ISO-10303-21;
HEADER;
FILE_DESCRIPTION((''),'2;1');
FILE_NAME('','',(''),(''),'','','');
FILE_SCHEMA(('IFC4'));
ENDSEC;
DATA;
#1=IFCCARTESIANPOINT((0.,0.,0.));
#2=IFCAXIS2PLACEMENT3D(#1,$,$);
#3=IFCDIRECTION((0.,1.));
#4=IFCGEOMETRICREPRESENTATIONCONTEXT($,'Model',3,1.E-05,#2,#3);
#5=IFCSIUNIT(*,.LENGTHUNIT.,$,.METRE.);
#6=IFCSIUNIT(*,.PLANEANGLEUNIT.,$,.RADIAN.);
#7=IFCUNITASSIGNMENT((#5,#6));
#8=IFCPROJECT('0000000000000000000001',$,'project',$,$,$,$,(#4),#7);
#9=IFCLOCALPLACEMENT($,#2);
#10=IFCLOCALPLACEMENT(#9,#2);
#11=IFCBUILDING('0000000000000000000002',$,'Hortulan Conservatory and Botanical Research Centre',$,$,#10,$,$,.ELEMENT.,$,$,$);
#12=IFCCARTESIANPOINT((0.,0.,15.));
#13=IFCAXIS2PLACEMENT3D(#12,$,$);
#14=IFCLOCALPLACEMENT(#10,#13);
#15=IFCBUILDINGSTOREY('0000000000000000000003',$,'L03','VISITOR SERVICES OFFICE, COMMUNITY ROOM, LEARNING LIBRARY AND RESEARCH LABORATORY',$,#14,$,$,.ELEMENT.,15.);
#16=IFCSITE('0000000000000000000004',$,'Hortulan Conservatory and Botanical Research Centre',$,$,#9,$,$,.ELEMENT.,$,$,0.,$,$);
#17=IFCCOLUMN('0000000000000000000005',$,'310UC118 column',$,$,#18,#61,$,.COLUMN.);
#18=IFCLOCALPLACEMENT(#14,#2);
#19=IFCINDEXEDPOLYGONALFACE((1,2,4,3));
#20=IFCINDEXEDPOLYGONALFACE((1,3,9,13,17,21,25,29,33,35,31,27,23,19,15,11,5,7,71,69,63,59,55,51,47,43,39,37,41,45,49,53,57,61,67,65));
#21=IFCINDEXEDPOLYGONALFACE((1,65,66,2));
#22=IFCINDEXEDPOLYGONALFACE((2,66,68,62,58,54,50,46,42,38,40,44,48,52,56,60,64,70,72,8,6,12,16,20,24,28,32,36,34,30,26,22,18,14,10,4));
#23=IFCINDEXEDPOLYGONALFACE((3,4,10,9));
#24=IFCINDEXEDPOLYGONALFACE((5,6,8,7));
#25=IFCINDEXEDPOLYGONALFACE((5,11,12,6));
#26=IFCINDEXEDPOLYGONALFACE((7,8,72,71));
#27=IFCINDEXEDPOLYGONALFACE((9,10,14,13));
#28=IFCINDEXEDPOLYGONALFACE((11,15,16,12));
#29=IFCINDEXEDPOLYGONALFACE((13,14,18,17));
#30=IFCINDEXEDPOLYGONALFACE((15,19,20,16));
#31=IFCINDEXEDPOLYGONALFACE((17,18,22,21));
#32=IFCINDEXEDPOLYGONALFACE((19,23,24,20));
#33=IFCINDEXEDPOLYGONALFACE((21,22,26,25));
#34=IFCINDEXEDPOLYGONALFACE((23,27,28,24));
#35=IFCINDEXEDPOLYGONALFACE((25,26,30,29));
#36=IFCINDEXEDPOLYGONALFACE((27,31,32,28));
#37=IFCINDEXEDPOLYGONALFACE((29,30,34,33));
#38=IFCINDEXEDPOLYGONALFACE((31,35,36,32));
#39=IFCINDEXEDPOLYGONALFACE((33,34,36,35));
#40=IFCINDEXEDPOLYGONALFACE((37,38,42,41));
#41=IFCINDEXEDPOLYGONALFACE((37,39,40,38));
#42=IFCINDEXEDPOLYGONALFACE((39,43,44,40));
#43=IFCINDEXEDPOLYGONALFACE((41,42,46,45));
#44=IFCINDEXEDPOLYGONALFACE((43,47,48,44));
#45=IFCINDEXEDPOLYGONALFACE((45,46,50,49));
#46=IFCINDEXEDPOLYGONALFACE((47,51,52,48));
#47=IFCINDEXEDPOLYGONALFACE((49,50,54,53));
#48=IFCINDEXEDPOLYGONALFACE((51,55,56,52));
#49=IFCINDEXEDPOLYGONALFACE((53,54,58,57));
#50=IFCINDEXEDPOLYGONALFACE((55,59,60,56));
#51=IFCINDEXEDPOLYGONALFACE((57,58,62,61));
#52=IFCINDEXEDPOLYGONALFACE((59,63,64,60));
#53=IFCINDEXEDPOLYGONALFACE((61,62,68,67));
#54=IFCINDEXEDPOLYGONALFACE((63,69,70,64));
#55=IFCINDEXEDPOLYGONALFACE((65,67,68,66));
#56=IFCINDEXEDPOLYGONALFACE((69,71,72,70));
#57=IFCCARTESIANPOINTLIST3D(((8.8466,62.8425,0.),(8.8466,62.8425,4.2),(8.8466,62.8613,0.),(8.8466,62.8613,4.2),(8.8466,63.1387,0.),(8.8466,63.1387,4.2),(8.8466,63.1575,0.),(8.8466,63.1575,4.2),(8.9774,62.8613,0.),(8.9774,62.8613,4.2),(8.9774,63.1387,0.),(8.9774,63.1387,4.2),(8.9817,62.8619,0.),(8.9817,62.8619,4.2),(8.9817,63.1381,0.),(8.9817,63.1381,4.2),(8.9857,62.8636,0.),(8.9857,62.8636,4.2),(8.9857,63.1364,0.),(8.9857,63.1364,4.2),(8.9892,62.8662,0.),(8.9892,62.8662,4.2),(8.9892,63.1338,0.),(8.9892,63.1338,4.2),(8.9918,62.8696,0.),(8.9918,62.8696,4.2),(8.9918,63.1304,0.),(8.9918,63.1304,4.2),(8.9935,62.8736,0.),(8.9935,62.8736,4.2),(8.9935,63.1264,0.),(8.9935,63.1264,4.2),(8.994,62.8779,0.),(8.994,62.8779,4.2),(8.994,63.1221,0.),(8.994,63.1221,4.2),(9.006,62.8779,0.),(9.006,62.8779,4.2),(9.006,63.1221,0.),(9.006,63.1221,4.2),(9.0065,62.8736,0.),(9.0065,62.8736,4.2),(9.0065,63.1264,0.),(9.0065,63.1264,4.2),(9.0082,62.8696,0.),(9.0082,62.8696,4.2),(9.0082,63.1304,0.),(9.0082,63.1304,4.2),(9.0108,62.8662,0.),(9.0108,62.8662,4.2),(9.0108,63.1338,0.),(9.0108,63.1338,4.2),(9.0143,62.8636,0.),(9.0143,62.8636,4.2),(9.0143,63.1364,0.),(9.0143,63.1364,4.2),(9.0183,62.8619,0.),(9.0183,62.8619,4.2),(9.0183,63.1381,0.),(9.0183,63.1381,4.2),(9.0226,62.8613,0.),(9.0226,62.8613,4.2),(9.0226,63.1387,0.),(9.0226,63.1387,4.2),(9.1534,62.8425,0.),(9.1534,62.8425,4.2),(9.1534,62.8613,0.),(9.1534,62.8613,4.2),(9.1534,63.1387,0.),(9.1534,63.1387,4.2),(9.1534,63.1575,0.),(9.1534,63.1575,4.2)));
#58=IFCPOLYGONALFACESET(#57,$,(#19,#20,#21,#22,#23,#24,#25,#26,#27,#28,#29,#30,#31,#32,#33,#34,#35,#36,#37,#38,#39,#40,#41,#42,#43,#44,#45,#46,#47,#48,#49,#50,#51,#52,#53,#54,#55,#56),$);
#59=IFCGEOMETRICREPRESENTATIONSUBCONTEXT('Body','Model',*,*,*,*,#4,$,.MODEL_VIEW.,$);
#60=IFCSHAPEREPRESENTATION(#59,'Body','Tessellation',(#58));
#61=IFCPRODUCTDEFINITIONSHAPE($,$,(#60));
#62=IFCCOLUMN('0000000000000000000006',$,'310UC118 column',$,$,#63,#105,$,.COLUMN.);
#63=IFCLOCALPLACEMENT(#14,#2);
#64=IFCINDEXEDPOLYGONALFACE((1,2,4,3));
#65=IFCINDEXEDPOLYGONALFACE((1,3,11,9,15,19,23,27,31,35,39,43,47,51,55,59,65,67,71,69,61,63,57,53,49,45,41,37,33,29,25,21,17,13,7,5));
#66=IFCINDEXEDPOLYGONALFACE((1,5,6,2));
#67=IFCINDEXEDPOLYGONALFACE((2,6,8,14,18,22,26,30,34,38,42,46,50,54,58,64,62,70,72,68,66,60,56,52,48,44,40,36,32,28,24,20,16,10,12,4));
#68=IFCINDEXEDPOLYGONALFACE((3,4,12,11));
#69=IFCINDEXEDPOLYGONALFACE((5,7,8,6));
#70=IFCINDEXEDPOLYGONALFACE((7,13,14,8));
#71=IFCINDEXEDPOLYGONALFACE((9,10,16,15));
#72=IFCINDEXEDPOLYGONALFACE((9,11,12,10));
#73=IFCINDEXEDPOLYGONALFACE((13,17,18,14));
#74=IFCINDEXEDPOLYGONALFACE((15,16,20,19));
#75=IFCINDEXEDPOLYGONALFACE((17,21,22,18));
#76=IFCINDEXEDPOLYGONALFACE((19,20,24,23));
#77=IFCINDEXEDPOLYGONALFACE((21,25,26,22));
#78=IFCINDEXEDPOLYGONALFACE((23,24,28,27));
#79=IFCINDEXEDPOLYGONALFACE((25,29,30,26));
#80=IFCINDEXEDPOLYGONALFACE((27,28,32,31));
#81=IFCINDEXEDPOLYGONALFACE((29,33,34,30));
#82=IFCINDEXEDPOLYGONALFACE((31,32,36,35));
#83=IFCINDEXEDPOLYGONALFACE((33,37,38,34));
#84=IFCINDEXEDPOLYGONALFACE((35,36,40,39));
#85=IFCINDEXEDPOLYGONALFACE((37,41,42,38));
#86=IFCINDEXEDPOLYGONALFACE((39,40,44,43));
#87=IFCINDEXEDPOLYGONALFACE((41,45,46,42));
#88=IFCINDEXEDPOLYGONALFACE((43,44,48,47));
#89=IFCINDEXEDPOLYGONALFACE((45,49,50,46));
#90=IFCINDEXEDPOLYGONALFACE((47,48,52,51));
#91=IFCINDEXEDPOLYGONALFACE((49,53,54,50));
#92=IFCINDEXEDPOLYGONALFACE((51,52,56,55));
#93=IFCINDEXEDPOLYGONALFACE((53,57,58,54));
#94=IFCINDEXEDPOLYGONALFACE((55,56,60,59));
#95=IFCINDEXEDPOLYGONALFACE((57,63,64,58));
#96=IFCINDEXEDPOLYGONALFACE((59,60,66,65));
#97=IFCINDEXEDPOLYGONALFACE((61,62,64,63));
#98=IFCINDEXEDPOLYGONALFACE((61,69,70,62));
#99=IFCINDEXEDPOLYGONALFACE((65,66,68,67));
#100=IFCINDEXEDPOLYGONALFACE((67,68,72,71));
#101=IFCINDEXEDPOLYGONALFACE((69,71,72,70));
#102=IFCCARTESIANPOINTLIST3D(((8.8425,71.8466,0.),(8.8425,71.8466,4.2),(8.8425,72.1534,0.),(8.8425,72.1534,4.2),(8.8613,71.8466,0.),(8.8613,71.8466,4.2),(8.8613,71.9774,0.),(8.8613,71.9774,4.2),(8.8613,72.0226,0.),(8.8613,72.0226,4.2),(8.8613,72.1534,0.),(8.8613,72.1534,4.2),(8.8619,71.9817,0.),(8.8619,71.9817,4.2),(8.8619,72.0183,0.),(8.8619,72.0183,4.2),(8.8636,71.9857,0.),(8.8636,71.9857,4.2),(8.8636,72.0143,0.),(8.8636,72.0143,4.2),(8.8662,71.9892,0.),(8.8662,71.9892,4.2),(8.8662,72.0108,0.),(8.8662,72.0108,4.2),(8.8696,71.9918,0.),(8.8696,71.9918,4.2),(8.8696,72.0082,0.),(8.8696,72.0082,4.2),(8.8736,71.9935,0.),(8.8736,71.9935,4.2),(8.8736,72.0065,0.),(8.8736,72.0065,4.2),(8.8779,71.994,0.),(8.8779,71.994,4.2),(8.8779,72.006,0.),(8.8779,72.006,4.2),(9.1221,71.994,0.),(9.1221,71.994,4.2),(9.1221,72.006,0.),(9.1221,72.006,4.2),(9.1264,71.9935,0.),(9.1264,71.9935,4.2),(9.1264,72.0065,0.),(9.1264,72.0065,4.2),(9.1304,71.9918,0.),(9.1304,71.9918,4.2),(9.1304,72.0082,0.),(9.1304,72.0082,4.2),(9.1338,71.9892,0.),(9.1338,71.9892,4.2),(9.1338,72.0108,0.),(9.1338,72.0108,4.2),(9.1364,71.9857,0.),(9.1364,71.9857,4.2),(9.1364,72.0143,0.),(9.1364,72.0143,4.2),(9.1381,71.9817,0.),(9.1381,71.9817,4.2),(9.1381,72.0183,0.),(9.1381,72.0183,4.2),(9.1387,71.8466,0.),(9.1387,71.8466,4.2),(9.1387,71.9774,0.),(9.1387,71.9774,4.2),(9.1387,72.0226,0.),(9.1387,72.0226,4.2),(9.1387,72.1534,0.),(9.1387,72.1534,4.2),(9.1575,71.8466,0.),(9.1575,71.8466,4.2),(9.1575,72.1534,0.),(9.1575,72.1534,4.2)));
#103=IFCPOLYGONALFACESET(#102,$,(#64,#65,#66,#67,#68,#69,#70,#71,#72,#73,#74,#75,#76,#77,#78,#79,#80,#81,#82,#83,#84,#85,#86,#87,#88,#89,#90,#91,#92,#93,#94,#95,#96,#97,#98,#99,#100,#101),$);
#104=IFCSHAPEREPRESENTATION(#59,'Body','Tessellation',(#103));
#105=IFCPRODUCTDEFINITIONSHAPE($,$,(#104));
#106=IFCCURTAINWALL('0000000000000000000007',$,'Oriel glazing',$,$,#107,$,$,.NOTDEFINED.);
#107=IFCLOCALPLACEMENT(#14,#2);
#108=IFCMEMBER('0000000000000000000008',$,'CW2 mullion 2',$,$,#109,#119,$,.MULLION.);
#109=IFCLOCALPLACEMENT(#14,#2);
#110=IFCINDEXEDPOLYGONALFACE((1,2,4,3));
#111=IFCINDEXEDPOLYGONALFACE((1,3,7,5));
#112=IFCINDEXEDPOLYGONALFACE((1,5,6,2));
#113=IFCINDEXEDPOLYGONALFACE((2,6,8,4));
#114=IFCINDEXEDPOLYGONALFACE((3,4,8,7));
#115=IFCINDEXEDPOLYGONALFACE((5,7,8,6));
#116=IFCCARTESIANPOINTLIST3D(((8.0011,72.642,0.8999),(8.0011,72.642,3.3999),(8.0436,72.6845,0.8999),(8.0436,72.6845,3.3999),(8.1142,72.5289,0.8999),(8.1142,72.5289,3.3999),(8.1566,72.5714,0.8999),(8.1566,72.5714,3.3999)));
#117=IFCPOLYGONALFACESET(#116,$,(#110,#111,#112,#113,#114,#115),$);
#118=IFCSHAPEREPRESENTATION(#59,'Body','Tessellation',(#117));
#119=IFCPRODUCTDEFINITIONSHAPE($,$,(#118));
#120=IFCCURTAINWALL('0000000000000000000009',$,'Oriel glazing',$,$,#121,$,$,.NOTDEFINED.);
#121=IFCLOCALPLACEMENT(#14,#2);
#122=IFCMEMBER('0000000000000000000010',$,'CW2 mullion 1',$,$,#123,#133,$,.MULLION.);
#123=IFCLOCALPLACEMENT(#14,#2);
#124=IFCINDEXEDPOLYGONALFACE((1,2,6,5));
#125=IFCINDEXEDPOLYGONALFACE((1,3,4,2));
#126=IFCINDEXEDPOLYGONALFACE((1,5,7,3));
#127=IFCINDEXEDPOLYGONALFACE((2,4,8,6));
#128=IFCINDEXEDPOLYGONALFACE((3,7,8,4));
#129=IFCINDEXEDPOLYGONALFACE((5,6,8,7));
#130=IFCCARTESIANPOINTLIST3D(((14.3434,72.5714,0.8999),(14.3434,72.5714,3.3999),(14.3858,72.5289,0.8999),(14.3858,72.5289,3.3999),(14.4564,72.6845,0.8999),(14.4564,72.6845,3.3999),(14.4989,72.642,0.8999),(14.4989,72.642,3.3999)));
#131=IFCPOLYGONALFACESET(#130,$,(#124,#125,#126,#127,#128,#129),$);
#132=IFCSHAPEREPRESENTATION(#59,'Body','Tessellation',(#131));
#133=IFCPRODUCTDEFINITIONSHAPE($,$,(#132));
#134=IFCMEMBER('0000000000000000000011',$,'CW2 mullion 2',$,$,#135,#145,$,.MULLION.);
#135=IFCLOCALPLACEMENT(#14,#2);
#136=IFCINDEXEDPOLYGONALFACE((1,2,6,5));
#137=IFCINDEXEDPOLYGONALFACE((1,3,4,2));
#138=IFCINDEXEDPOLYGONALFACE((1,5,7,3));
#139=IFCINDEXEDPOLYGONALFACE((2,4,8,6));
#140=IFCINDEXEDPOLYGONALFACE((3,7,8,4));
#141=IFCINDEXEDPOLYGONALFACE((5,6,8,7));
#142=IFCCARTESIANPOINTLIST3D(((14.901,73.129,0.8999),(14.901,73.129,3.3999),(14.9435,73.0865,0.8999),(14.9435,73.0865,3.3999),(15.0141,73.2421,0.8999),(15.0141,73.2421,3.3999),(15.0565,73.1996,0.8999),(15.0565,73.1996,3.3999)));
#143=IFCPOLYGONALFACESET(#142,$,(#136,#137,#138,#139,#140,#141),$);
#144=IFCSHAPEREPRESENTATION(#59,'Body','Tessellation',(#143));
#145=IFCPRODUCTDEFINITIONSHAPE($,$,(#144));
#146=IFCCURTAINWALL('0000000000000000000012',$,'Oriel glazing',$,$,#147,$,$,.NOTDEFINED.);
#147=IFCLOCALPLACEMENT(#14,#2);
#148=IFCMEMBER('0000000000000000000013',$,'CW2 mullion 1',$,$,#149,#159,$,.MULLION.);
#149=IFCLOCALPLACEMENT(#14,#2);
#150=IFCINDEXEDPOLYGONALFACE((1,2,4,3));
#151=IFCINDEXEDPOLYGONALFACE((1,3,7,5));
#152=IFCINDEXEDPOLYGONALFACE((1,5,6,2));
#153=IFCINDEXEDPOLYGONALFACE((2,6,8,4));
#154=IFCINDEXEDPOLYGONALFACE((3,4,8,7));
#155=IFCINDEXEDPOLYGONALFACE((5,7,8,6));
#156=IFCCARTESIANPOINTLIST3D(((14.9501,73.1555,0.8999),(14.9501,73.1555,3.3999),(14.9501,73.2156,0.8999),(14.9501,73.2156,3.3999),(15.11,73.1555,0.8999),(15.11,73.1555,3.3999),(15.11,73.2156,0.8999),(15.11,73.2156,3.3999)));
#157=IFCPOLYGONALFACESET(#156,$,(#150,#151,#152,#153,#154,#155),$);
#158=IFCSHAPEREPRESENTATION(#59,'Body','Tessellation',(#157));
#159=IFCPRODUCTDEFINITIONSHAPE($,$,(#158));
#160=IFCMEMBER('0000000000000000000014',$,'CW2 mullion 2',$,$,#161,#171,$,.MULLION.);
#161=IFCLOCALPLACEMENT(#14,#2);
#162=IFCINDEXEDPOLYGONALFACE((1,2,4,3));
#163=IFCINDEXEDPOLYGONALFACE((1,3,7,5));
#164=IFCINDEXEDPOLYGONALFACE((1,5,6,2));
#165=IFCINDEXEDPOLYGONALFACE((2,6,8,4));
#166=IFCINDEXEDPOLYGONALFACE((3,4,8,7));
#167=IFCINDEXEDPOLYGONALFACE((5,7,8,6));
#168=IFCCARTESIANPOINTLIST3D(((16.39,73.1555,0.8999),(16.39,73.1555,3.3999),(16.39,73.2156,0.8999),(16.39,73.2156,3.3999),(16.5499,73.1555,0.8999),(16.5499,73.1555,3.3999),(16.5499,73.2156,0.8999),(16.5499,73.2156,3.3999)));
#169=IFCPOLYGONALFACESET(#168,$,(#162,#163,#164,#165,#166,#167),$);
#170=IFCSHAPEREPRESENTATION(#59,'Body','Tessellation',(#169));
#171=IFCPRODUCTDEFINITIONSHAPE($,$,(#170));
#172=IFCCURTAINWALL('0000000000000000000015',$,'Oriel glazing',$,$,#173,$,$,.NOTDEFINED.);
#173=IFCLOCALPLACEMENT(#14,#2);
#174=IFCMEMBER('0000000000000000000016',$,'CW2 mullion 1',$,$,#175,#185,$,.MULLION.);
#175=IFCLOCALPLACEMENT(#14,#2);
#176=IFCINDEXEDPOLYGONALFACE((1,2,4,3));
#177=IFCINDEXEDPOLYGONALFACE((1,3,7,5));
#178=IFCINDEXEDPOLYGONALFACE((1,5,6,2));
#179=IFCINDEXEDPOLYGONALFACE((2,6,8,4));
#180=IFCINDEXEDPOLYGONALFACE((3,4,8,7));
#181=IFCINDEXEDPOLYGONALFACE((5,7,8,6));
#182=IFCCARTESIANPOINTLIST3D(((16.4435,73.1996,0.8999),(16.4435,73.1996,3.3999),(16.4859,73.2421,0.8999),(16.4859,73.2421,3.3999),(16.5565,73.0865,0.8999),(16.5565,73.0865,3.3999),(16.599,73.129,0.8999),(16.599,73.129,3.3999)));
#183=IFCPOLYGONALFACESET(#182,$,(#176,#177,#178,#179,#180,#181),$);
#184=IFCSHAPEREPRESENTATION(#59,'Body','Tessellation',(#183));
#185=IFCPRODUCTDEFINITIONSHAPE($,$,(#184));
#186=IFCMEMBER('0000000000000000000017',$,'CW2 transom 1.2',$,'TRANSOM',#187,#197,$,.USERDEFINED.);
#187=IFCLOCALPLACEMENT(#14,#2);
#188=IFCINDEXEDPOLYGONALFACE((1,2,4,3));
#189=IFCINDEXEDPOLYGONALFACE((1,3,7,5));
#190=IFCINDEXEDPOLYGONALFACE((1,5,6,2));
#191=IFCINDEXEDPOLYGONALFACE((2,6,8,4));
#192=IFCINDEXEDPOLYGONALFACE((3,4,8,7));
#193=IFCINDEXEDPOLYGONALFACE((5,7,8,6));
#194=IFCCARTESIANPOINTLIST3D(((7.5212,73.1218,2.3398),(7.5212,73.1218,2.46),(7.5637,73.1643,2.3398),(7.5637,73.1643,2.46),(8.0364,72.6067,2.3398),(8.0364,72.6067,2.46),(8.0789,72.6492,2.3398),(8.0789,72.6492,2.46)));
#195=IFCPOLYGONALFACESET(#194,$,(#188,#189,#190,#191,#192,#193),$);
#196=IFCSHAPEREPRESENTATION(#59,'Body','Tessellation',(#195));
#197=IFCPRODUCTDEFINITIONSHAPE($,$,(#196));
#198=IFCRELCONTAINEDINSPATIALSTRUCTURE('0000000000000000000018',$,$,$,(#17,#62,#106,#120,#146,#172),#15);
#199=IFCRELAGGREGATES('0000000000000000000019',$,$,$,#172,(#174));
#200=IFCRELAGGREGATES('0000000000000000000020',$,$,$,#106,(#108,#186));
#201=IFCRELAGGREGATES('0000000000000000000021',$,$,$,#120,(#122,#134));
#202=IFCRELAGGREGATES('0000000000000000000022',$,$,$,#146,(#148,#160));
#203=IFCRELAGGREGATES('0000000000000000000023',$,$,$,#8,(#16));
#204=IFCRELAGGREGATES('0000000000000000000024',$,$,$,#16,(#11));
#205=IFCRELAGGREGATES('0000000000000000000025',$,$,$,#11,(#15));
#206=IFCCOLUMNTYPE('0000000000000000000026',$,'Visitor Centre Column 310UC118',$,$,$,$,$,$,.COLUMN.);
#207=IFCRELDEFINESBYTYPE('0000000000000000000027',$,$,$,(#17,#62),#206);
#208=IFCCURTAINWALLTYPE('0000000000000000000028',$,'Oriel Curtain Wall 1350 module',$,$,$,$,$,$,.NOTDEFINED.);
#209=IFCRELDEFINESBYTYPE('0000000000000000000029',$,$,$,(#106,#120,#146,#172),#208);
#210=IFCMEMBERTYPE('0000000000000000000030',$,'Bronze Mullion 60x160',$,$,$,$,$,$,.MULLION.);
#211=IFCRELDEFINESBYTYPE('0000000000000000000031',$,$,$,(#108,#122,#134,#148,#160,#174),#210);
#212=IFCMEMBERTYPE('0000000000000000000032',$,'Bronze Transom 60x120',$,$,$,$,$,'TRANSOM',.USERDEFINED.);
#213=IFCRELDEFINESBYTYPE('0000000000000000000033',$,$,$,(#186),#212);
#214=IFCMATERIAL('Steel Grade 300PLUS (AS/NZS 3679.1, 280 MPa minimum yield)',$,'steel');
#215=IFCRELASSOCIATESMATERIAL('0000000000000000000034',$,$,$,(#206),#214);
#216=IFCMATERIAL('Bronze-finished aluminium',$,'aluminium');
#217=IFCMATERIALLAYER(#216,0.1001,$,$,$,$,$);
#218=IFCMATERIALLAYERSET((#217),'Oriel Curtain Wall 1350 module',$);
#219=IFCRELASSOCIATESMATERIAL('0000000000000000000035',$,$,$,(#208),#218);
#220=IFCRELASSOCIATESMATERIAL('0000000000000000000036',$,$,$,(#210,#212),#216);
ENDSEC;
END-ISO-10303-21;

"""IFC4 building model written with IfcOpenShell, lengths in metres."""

from ifc_helpers import new_model, si_unit, direction, frame, origin, origin_2d, place, context, subcontext, project, spatial, rectangle, i_section, extrude, material, layer, layer_set, material_profile, profile_set, type_object, element, aggregate, save


model = new_model("IFC4")

# Units and contexts
model_context = context("Model", 3, precision=1e-05, world=origin(), true_north=direction((0.0, 1.0)))
body_context = subcontext(model_context, "Body", "Model", "MODEL_VIEW")
ifc_project = project(units=[si_unit("LENGTHUNIT", "METRE"), si_unit("PLANEANGLEUNIT", "RADIAN")], contexts=[model_context])

# Site, building, storey
site_placement = place(None, origin())
site = spatial("IfcSite", under=ifc_project, at=site_placement, Name="Hortulan Conservatory and Botanical Research Centre", CompositionType="ELEMENT", RefElevation=0.0)
building_placement = place(site_placement, origin())
building = spatial("IfcBuilding", under=site, at=building_placement, Name="Hortulan Conservatory and Botanical Research Centre", CompositionType="ELEMENT")
storey_placement = place(building_placement, frame((0.0, 0.0, 15.0)))
storey = spatial("IfcBuildingStorey", under=building, at=storey_placement, Name="L03", Description="VISITOR SERVICES OFFICE, COMMUNITY ROOM, LEARNING LIBRARY AND RESEARCH LABORATORY", CompositionType="ELEMENT", Elevation=15.0)

# Columns
ifc_material_1 = material(Name="Steel Grade 300PLUS (AS/NZS 3679.1, 280 MPa minimum yield)", Category="steel")
ifc_material_profile_1 = material_profile(ifc_material_1, i_section(OverallWidth=0.3069, OverallDepth=0.3149, WebThickness=0.012, FlangeThickness=0.0188, FilletRadius=0.0166, at=origin_2d()), Name="310UC118")
ifc_profile_set_1 = profile_set([ifc_material_profile_1], Name="Steel Grade 300PLUS (AS/NZS 3679.1, 280 MPa minimum yield)")
column_type = type_object("IfcColumnType", Name="Visitor Centre Column 310UC118", PredefinedType="COLUMN", material=ifc_profile_set_1)
for number, where, z_axis, x_axis, name in (
    (1, (9.0, 63.0, 0.0), (0.0, 0.0, 1.0), (1.0, 0.0, 0.0), "310UC118 column"),
    (2, (9.0, 72.0, 0.0), (0.0, 0.0, 1.0), (0.0, 1.0, 0.0), "310UC118 column"),
):
    element("IfcColumn", number, at=place(storey_placement, frame(where, z_axis=z_axis, x_axis=x_axis)), inside=storey, type_object=column_type, Name=name, PredefinedType="COLUMN", context=body_context, shape_type="SweptSolid", body=[
        extrude(i_section(OverallWidth=0.3069, OverallDepth=0.3149, WebThickness=0.012, FlangeThickness=0.0188, FilletRadius=0.0166, at=origin_2d()), origin(), (0.0, 0.0, 1.0), 4.2),
    ])

# Curtain wall, member
ifc_material_2 = material(Name="Bronze-finished aluminium", Category="aluminium")
ifc_layer_1 = layer(ifc_material_2, 0.1001)
ifc_layer_set_1 = layer_set([ifc_layer_1], Name="Oriel Curtain Wall 1350 module")
curtain_wall_type = type_object("IfcCurtainWallType", Name="Oriel Curtain Wall 1350 module", PredefinedType="NOTDEFINED", material=ifc_layer_set_1)
curtain_wall_1_placement = place(storey_placement, origin())
curtain_wall_1 = element("IfcCurtainWall", 3, at=curtain_wall_1_placement, inside=storey, type_object=curtain_wall_type, Name="Oriel glazing", PredefinedType="NOTDEFINED")
ifc_material_profile_2 = material_profile(ifc_material_2, rectangle(XDim=0.0601, YDim=0.1599, at=origin_2d()), Name="Bronze Mullion 60x160")
ifc_profile_set_2 = profile_set([ifc_material_profile_2], Name="Bronze-finished aluminium")
member_type_1 = type_object("IfcMemberType", Name="Bronze Mullion 60x160", PredefinedType="MULLION", material=ifc_profile_set_2)
member_1_placement = place(storey_placement, frame((8.0789, 72.6067, 0.8999), z_axis=(0.0, 0.0, 1.0), x_axis=(0.707107, 0.707107, 0.0)))
member_1 = element("IfcMember", 4, at=member_1_placement, type_object=member_type_1, Name="CW2 mullion 2", PredefinedType="MULLION", context=body_context, shape_type="SweptSolid", body=[
    extrude(rectangle(XDim=0.0601, YDim=0.1599, at=origin_2d()), origin(), (0.0, 0.0, 1.0), 2.5),
])

# Curtain walls, members
curtain_wall_2_placement = place(storey_placement, origin())
curtain_wall_2 = element("IfcCurtainWall", 5, at=curtain_wall_2_placement, inside=storey, type_object=curtain_wall_type, Name="Oriel glazing", PredefinedType="NOTDEFINED")
member_2_placement = place(storey_placement, frame((14.4211, 72.6067, 0.8999), z_axis=(0.0, 0.0, 1.0), x_axis=(-0.707107, 0.707107, 0.0)))
member_2 = element("IfcMember", 6, at=member_2_placement, type_object=member_type_1, Name="CW2 mullion 1", PredefinedType="MULLION", context=body_context, shape_type="SweptSolid", body=[
    extrude(rectangle(XDim=0.0601, YDim=0.1599, at=origin_2d()), origin(), (0.0, 0.0, 1.0), 2.5),
])
member_3_placement = place(storey_placement, frame((14.9788, 73.1643, 0.8999), z_axis=(0.0, 0.0, 1.0), x_axis=(-0.707107, 0.707107, 0.0)))
member_3 = element("IfcMember", 7, at=member_3_placement, type_object=member_type_1, Name="CW2 mullion 2", PredefinedType="MULLION", context=body_context, shape_type="SweptSolid", body=[
    extrude(rectangle(XDim=0.0601, YDim=0.1599, at=origin_2d()), origin(), (0.0, 0.0, 1.0), 2.5),
])
curtain_wall_3_placement = place(storey_placement, origin())
curtain_wall_3 = element("IfcCurtainWall", 8, at=curtain_wall_3_placement, inside=storey, type_object=curtain_wall_type, Name="Oriel glazing", PredefinedType="NOTDEFINED")
member_4_placement = place(storey_placement, frame((15.03, 73.1855, 0.8999), z_axis=(0.0, 0.0, 1.0), x_axis=(0.0, 1.0, 0.0)))
member_4 = element("IfcMember", 9, at=member_4_placement, type_object=member_type_1, Name="CW2 mullion 1", PredefinedType="MULLION", context=body_context, shape_type="SweptSolid", body=[
    extrude(rectangle(XDim=0.0601, YDim=0.1599, at=origin_2d()), origin(), (0.0, 0.0, 1.0), 2.5),
])
member_5_placement = place(storey_placement, frame((16.47, 73.1855, 0.8999), z_axis=(0.0, 0.0, 1.0), x_axis=(0.0, 1.0, 0.0)))
member_5 = element("IfcMember", 10, at=member_5_placement, type_object=member_type_1, Name="CW2 mullion 2", PredefinedType="MULLION", context=body_context, shape_type="SweptSolid", body=[
    extrude(rectangle(XDim=0.0601, YDim=0.1599, at=origin_2d()), origin(), (0.0, 0.0, 1.0), 2.5),
])

# Curtain wall, member
curtain_wall_4_placement = place(storey_placement, origin())
curtain_wall_4 = element("IfcCurtainWall", 11, at=curtain_wall_4_placement, inside=storey, type_object=curtain_wall_type, Name="Oriel glazing", PredefinedType="NOTDEFINED")
member_6_placement = place(storey_placement, frame((16.5212, 73.1643, 0.8999), z_axis=(0.0, 0.0, 1.0), x_axis=(0.707107, 0.707107, 0.0)))
member_6 = element("IfcMember", 12, at=member_6_placement, type_object=member_type_1, Name="CW2 mullion 1", PredefinedType="MULLION", context=body_context, shape_type="SweptSolid", body=[
    extrude(rectangle(XDim=0.0601, YDim=0.1599, at=origin_2d()), origin(), (0.0, 0.0, 1.0), 2.5),
])
aggregate(curtain_wall_4, [member_6])

# Member
ifc_material_profile_3 = material_profile(ifc_material_2, rectangle(XDim=0.0601, YDim=0.1201, at=origin_2d()), Name="Bronze Transom 60x120")
ifc_profile_set_3 = profile_set([ifc_material_profile_3], Name="Bronze-finished aluminium")
member_type_2 = type_object("IfcMemberType", Name="Bronze Transom 60x120", ElementType="TRANSOM", PredefinedType="USERDEFINED", material=ifc_profile_set_3)
member_7_placement = place(storey_placement, frame((7.5425, 73.1431, 2.3999), z_axis=(0.707107, -0.707107, 0.0), x_axis=(0.707107, 0.707107, 0.0)))
member_7 = element("IfcMember", 13, at=member_7_placement, type_object=member_type_2, Name="CW2 transom 1.2", ObjectType="TRANSOM", PredefinedType="USERDEFINED", context=body_context, shape_type="SweptSolid", body=[
    extrude(rectangle(XDim=0.0601, YDim=0.1201, at=origin_2d()), origin(), (0.0, 0.0, 1.0), 0.7285),
])

aggregate(curtain_wall_1, [member_1, member_7])
aggregate(curtain_wall_2, [member_2, member_3])
aggregate(curtain_wall_3, [member_4, member_5])

save(model, "model.ifc")
